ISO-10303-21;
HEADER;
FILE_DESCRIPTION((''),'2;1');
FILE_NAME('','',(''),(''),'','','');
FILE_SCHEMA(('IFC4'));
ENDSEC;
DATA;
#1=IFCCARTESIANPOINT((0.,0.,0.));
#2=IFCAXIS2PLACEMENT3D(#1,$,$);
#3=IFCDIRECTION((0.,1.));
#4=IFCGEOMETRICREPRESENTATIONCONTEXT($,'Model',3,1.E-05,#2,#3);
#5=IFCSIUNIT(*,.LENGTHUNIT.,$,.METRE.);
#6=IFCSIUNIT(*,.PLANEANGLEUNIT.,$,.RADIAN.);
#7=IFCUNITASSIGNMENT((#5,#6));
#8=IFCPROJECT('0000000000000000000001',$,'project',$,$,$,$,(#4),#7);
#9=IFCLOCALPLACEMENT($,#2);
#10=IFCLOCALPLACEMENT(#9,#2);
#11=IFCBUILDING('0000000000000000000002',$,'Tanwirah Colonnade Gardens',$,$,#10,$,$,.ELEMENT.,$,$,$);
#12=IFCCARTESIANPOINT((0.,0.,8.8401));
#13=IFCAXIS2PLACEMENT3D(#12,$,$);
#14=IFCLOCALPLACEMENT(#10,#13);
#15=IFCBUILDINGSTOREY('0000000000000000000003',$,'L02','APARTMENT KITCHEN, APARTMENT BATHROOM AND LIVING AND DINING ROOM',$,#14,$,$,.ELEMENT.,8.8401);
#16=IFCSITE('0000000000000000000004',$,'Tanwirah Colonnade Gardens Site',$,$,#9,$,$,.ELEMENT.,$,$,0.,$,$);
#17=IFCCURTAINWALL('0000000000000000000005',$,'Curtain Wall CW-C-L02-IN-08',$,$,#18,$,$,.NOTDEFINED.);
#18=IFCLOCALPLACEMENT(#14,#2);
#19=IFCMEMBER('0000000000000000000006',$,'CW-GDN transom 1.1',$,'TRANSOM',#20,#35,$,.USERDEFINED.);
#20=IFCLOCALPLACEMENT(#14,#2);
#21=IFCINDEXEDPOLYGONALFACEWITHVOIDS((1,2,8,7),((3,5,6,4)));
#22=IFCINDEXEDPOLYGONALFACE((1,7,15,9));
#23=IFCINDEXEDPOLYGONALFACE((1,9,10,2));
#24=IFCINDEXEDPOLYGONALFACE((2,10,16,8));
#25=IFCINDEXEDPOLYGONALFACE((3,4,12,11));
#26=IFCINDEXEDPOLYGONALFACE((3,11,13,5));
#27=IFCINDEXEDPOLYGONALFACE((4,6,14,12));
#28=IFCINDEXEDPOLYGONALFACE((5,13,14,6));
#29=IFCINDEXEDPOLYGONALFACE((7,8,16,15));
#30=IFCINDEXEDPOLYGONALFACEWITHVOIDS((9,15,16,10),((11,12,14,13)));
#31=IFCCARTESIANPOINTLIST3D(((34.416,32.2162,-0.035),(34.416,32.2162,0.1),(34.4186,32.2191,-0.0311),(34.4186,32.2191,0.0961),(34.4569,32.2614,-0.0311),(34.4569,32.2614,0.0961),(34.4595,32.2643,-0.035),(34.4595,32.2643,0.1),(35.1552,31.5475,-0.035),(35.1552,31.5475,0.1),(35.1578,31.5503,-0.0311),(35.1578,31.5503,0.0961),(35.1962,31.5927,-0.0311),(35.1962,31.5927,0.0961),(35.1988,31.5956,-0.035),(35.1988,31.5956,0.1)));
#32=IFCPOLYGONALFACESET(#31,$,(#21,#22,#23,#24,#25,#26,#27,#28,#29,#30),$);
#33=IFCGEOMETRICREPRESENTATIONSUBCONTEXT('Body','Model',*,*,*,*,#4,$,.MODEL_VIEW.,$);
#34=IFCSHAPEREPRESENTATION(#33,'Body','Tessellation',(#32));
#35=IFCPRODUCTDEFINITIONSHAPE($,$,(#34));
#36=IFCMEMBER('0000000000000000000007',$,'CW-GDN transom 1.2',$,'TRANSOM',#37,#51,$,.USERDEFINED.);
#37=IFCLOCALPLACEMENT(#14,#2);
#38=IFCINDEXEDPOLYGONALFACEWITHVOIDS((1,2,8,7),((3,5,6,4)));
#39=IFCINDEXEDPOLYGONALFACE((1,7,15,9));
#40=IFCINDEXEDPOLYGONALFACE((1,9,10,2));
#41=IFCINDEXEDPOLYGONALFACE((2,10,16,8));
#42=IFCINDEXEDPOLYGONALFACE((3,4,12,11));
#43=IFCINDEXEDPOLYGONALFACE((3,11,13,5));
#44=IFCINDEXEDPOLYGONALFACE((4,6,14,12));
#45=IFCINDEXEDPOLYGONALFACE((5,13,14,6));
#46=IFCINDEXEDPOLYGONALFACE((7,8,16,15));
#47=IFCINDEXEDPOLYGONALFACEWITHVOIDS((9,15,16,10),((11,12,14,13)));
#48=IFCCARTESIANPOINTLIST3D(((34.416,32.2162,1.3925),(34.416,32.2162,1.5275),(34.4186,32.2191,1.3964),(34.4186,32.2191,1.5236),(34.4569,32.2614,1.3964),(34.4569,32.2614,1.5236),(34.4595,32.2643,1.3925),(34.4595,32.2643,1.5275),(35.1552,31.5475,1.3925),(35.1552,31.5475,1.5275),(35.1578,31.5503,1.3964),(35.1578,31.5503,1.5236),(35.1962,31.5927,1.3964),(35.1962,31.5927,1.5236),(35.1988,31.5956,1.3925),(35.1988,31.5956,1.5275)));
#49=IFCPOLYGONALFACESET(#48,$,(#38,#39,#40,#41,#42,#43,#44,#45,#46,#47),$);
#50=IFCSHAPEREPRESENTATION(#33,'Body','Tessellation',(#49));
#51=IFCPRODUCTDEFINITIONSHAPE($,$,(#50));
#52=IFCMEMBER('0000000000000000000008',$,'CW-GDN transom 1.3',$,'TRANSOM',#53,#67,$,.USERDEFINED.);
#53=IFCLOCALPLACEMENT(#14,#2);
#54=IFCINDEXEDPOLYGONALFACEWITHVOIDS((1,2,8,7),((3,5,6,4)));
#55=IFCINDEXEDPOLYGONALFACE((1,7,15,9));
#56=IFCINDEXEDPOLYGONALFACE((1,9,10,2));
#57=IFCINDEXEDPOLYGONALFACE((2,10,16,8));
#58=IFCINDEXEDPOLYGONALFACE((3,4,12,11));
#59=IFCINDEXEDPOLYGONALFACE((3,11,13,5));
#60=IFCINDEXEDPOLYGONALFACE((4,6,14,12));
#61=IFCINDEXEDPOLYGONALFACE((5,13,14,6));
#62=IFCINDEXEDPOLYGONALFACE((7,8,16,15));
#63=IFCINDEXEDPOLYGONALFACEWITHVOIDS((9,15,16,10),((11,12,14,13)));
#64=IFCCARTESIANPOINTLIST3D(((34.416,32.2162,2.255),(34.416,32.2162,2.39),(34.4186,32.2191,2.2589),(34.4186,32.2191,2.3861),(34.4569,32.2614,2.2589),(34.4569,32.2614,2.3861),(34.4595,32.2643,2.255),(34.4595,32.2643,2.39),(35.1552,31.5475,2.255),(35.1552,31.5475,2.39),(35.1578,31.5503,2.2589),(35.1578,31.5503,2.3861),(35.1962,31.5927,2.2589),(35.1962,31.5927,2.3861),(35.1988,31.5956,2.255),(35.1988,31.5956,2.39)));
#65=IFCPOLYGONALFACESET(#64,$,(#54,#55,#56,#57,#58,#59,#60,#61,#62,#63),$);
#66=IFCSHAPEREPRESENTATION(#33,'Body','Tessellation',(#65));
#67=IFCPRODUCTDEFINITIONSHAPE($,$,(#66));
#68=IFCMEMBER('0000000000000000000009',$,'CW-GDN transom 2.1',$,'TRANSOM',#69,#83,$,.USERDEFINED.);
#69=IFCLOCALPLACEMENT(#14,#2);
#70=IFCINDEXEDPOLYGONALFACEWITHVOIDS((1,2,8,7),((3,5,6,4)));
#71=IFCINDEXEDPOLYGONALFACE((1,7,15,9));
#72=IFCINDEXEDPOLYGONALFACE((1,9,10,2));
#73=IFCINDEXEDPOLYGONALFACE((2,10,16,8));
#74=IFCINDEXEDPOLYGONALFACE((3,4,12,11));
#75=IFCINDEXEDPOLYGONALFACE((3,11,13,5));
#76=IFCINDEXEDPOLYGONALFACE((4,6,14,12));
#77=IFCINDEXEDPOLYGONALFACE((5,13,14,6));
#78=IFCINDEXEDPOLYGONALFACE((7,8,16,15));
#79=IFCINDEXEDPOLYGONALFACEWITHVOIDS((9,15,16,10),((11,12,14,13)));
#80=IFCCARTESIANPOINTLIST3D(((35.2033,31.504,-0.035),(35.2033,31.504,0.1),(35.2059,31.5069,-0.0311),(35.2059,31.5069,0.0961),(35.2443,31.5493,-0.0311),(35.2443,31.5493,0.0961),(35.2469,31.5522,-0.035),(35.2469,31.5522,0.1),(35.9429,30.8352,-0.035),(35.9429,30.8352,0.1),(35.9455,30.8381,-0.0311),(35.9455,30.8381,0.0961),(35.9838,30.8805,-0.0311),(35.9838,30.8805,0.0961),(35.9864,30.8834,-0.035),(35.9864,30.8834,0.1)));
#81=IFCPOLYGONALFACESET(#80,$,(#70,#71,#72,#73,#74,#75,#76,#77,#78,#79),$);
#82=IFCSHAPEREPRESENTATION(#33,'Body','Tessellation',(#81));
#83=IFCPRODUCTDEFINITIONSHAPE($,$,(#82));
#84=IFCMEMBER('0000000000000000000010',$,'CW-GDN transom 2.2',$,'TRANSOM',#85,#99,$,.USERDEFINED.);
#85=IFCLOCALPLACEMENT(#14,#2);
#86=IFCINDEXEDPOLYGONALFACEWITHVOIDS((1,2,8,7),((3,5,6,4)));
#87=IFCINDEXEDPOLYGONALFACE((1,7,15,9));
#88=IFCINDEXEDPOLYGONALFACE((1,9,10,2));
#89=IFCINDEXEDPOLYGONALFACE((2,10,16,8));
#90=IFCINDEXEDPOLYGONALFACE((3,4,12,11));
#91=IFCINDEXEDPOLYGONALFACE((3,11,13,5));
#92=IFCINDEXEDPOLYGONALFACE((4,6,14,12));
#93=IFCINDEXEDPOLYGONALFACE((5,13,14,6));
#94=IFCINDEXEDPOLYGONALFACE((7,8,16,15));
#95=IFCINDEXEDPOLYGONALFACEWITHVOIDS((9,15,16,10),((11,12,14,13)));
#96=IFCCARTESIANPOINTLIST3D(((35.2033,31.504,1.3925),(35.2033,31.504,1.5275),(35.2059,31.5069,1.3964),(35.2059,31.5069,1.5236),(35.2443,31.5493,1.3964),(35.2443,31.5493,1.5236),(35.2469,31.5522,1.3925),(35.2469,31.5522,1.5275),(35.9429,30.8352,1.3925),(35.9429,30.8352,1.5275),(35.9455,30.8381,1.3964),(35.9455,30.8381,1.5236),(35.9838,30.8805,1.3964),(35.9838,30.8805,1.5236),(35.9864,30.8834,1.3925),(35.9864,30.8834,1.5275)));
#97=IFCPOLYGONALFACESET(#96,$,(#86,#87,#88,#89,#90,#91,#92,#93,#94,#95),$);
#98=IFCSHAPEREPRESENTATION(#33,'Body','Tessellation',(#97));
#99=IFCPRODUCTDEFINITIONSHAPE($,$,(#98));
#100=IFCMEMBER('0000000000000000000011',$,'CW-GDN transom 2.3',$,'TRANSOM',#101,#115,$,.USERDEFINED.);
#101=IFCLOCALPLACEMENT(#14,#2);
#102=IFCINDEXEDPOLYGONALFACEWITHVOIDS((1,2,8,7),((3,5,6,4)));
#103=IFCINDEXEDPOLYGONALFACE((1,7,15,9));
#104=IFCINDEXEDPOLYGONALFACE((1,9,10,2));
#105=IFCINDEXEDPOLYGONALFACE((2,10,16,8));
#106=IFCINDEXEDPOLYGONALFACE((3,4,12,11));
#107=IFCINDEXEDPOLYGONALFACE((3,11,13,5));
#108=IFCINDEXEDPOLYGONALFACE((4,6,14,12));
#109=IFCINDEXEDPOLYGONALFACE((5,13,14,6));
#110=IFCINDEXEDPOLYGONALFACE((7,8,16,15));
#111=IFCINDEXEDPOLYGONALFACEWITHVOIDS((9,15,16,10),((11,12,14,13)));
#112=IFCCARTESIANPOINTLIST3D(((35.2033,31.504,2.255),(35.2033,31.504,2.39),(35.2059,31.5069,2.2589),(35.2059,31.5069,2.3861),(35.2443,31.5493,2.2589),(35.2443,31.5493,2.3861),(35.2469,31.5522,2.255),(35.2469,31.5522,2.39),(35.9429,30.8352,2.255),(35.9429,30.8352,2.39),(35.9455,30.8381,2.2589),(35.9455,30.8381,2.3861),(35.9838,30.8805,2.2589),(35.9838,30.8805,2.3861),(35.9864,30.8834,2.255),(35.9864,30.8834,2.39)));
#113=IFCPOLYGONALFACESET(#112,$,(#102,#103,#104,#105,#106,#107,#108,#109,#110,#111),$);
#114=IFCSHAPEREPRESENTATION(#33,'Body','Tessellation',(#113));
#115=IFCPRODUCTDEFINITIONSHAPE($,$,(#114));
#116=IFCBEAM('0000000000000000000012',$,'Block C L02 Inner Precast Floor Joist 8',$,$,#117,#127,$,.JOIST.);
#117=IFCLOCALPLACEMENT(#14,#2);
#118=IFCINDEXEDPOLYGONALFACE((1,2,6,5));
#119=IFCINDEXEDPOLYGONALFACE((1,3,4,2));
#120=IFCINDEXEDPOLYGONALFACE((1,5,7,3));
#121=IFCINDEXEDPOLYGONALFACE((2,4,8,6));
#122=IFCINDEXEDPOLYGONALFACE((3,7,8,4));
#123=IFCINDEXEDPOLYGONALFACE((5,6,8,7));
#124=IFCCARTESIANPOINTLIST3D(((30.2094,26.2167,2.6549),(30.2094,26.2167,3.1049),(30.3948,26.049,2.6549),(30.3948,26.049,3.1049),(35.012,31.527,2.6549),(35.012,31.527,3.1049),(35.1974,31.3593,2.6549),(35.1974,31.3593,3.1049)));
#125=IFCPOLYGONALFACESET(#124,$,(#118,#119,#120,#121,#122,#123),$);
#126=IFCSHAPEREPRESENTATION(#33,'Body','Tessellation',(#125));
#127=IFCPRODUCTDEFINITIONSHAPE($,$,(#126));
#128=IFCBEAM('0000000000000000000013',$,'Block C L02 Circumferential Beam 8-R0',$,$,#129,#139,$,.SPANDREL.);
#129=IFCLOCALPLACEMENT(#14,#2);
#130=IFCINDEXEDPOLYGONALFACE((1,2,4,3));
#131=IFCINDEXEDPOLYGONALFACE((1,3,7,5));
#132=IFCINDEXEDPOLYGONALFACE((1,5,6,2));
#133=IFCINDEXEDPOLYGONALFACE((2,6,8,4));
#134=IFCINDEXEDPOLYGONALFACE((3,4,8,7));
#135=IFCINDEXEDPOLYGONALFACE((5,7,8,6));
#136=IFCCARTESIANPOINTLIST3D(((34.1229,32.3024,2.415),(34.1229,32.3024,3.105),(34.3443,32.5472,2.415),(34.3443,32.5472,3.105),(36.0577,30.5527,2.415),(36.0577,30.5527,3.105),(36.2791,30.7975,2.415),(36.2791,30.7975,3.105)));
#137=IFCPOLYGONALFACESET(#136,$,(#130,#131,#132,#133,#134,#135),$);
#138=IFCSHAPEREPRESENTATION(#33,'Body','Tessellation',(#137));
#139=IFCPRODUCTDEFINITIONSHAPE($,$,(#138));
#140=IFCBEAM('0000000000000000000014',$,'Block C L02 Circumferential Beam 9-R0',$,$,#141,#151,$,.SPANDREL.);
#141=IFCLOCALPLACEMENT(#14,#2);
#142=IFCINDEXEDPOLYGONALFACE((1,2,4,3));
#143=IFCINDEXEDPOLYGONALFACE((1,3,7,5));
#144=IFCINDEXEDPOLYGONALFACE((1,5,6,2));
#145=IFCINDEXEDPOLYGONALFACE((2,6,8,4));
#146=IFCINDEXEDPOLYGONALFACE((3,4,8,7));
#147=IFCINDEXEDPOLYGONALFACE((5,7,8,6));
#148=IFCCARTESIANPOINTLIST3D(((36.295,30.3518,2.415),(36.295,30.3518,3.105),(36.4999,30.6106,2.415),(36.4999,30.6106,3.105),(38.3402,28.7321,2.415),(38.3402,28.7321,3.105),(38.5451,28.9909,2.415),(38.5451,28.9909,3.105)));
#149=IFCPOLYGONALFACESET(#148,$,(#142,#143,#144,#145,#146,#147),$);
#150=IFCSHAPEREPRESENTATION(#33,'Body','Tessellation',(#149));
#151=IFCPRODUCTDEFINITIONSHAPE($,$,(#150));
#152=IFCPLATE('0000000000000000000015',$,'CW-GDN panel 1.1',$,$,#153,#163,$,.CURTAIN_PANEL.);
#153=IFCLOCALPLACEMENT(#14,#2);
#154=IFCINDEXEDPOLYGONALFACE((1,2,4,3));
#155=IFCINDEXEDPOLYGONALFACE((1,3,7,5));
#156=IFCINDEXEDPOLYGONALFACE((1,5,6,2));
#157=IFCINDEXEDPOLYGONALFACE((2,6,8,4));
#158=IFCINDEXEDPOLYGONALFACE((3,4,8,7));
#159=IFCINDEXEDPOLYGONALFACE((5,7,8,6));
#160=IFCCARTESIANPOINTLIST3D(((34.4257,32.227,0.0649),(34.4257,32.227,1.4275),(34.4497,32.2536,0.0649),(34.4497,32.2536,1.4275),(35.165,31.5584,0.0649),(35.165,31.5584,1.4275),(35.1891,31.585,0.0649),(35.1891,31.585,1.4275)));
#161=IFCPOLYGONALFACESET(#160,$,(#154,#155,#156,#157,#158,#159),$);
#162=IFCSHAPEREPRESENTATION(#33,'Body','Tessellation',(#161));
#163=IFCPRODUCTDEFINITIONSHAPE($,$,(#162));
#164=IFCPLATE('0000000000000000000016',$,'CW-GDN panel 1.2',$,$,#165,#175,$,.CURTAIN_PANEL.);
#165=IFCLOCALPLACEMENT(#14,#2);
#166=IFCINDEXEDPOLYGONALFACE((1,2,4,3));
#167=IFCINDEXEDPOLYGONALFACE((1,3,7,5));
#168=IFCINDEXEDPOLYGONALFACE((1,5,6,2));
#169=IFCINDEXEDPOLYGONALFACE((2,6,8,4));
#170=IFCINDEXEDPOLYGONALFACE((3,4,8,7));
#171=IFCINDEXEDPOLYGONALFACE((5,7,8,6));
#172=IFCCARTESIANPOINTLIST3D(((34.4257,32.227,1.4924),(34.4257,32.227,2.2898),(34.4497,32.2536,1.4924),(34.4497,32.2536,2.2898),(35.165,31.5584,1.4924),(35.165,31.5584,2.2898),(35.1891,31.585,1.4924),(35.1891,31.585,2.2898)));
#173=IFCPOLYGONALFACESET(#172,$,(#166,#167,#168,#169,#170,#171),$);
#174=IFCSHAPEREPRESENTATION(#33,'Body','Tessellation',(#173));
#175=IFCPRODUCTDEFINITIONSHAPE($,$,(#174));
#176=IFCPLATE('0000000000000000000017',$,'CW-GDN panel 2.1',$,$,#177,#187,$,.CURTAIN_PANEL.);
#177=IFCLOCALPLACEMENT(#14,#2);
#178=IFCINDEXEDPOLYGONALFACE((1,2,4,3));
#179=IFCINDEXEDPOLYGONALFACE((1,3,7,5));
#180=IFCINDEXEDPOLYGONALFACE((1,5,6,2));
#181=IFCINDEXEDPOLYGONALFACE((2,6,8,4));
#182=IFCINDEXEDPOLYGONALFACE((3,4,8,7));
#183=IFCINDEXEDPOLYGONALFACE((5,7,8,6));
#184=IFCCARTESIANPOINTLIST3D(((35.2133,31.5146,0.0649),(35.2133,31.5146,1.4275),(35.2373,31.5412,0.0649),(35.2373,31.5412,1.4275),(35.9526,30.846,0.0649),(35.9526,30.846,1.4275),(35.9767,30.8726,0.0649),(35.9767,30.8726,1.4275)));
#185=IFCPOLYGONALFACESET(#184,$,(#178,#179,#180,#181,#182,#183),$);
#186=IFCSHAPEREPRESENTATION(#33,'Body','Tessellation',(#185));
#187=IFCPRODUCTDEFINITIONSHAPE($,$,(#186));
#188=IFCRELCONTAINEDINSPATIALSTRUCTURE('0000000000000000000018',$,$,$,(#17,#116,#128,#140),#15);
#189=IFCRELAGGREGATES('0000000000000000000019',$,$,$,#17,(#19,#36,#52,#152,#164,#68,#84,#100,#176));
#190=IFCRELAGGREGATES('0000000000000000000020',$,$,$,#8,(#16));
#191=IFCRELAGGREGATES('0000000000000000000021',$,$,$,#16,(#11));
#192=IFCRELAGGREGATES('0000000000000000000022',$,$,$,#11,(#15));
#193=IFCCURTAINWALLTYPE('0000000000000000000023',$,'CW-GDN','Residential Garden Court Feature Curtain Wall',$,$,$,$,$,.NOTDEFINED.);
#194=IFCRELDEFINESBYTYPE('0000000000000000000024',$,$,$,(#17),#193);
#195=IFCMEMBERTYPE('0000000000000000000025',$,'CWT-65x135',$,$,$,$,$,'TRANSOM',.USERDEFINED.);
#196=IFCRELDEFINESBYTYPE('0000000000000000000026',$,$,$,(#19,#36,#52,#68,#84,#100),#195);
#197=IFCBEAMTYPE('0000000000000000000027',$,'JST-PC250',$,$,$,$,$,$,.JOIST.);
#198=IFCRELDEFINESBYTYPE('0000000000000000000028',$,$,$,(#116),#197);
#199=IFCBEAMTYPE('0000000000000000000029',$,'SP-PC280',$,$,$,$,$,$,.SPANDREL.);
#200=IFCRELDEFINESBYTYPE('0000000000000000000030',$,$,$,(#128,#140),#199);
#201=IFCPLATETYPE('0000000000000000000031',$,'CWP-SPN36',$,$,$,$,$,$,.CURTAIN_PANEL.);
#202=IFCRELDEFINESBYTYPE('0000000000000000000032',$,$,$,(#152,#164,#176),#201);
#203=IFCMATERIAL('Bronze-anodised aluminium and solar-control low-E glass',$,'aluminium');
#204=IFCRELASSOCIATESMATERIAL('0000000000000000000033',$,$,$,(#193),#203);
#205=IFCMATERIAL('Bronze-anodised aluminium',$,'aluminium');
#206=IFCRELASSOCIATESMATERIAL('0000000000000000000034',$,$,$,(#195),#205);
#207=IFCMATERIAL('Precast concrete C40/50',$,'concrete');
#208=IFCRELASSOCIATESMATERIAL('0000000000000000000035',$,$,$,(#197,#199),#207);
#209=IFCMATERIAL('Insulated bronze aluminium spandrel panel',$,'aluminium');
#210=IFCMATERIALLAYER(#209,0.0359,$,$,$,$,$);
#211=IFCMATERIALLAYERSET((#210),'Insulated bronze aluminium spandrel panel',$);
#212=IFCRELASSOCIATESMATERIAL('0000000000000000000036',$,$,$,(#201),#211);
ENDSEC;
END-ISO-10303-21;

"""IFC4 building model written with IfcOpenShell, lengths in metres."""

from ifc_helpers import new_model, si_unit, direction, frame, origin, origin_2d, place, context, subcontext, project, spatial, rectangle, hollow_rectangle, extrude, material, layer, layer_set, material_profile, profile_set, type_object, element, aggregate, save


model = new_model("IFC4")

# Units and contexts
model_context = context("Model", 3, precision=1e-05, world=origin(), true_north=direction((0.0, 1.0)))
body_context = subcontext(model_context, "Body", "Model", "MODEL_VIEW")
ifc_project = project(units=[si_unit("LENGTHUNIT", "METRE"), si_unit("PLANEANGLEUNIT", "RADIAN")], contexts=[model_context])

# Site, building, storey
site_placement = place(None, origin())
site = spatial("IfcSite", under=ifc_project, at=site_placement, Name="Tanwirah Colonnade Gardens Site", CompositionType="ELEMENT", RefElevation=0.0)
building_placement = place(site_placement, origin())
building = spatial("IfcBuilding", under=site, at=building_placement, Name="Tanwirah Colonnade Gardens", CompositionType="ELEMENT")
storey_placement = place(building_placement, frame((0.0, 0.0, 8.8401)))
storey = spatial("IfcBuildingStorey", under=building, at=storey_placement, Name="L02", Description="APARTMENT KITCHEN, APARTMENT BATHROOM AND LIVING AND DINING ROOM", CompositionType="ELEMENT", Elevation=8.8401)

# Shared definitions
ifc_material_1 = material(Name="Precast concrete C40/50", Category="concrete")

# Curtain wall, members
ifc_material_2 = material(Name="Bronze-anodised aluminium and solar-control low-E glass", Category="aluminium")
curtain_wall_type = type_object("IfcCurtainWallType", Name="CW-GDN", Description="Residential Garden Court Feature Curtain Wall", PredefinedType="NOTDEFINED", material=ifc_material_2)
curtain_wall_placement = place(storey_placement, origin())
curtain_wall = element("IfcCurtainWall", 1, at=curtain_wall_placement, inside=storey, type_object=curtain_wall_type, Name="Curtain Wall CW-C-L02-IN-08", PredefinedType="NOTDEFINED")
ifc_material_3 = material(Name="Bronze-anodised aluminium", Category="aluminium")
ifc_material_profile_1 = material_profile(ifc_material_3, hollow_rectangle(XDim=0.0649, YDim=0.135, WallThickness=0.0039, at=origin_2d()), Name="CW-TRN 65x135x4")
ifc_profile_set_1 = profile_set([ifc_material_profile_1], Name="Bronze-anodised aluminium")
member_type_1 = type_object("IfcMemberType", Name="CWT-65x135", ElementType="TRANSOM", PredefinedType="USERDEFINED", material=ifc_profile_set_1)
member_1_placement = place(storey_placement, frame((34.4377, 32.2402, 0.0325), z_axis=(0.741611, -0.67083, 0.0), x_axis=(0.67083, 0.741611, 0.0)))
member_1 = element("IfcMember", 2, at=member_1_placement, type_object=member_type_1, Name="CW-GDN transom 1.1", ObjectType="TRANSOM", PredefinedType="USERDEFINED", context=body_context, shape_type="SweptSolid", body=[
    extrude(hollow_rectangle(XDim=0.0649, YDim=0.135, WallThickness=0.0039, at=origin_2d()), origin(), (0.0, 0.0, 1.0), 0.9968),
])
member_2_placement = place(storey_placement, frame((34.4377, 32.2402, 1.46), z_axis=(0.741611, -0.67083, 0.0), x_axis=(0.67083, 0.741611, 0.0)))
member_2 = element("IfcMember", 3, at=member_2_placement, type_object=member_type_1, Name="CW-GDN transom 1.2", ObjectType="TRANSOM", PredefinedType="USERDEFINED", context=body_context, shape_type="SweptSolid", body=[
    extrude(hollow_rectangle(XDim=0.0649, YDim=0.135, WallThickness=0.0039, at=origin_2d()), origin(), (0.0, 0.0, 1.0), 0.9968),
])
member_3_placement = place(storey_placement, frame((34.4377, 32.2402, 2.3225), z_axis=(0.741611, -0.67083, 0.0), x_axis=(0.67083, 0.741611, 0.0)))
member_3 = element("IfcMember", 4, at=member_3_placement, type_object=member_type_1, Name="CW-GDN transom 1.3", ObjectType="TRANSOM", PredefinedType="USERDEFINED", context=body_context, shape_type="SweptSolid", body=[
    extrude(hollow_rectangle(XDim=0.0649, YDim=0.135, WallThickness=0.0039, at=origin_2d()), origin(), (0.0, 0.0, 1.0), 0.9968),
])
member_4_placement = place(storey_placement, frame((35.2251, 31.5281, 0.0325), z_axis=(0.741721, -0.670708, 0.0), x_axis=(0.670708, 0.741721, 0.0)))
member_4 = element("IfcMember", 5, at=member_4_placement, type_object=member_type_1, Name="CW-GDN transom 2.1", ObjectType="TRANSOM", PredefinedType="USERDEFINED", context=body_context, shape_type="SweptSolid", body=[
    extrude(hollow_rectangle(XDim=0.0649, YDim=0.135, WallThickness=0.0039, at=origin_2d()), origin(), (0.0, 0.0, 1.0), 0.9971),
])
member_5_placement = place(storey_placement, frame((35.2251, 31.5281, 1.46), z_axis=(0.741721, -0.670708, 0.0), x_axis=(0.670708, 0.741721, 0.0)))
member_5 = element("IfcMember", 6, at=member_5_placement, type_object=member_type_1, Name="CW-GDN transom 2.2", ObjectType="TRANSOM", PredefinedType="USERDEFINED", context=body_context, shape_type="SweptSolid", body=[
    extrude(hollow_rectangle(XDim=0.0649, YDim=0.135, WallThickness=0.0039, at=origin_2d()), origin(), (0.0, 0.0, 1.0), 0.9971),
])
member_6_placement = place(storey_placement, frame((35.2251, 31.5281, 2.3225), z_axis=(0.741721, -0.670708, 0.0), x_axis=(0.670708, 0.741721, 0.0)))
member_6 = element("IfcMember", 7, at=member_6_placement, type_object=member_type_1, Name="CW-GDN transom 2.3", ObjectType="TRANSOM", PredefinedType="USERDEFINED", context=body_context, shape_type="SweptSolid", body=[
    extrude(hollow_rectangle(XDim=0.0649, YDim=0.135, WallThickness=0.0039, at=origin_2d()), origin(), (0.0, 0.0, 1.0), 0.9971),
])

# Beams
ifc_material_profile_2 = material_profile(ifc_material_1, rectangle(XDim=0.25, YDim=0.45, at=origin_2d()), Name="PC-JST 250x450")
ifc_profile_set_2 = profile_set([ifc_material_profile_2], Name="Precast concrete C40/50")
beam_type_1 = type_object("IfcBeamType", Name="JST-PC250", PredefinedType="JOIST", material=ifc_profile_set_2)
beam_1_placement = place(storey_placement, frame((35.1047, 31.4431, 2.8799), z_axis=(-0.670773, -0.741663, 0.0), x_axis=(0.741663, -0.670773, 0.0)))
element("IfcBeam", 8, at=beam_1_placement, inside=storey, type_object=beam_type_1, Name="Block C L02 Inner Precast Floor Joist 8", PredefinedType="JOIST", context=body_context, shape_type="SweptSolid", body=[
    extrude(rectangle(XDim=0.25, YDim=0.45, at=origin_2d()), origin(), (0.0, 0.0, 1.0), 7.1599),
])
ifc_material_profile_3 = material_profile(ifc_material_1, rectangle(XDim=0.3301, YDim=0.6899, at=origin_2d()), Name="PC-SP 330x690")
ifc_profile_set_3 = profile_set([ifc_material_profile_3], Name="Precast concrete C40/50")
beam_type_2 = type_object("IfcBeamType", Name="SP-PC280", PredefinedType="SPANDREL", material=ifc_profile_set_3)
beam_2_placement = place(storey_placement, frame((34.2336, 32.4248, 2.76), z_axis=(0.741687, -0.670747, 0.0), x_axis=(0.670747, 0.741687, 0.0)))
element("IfcBeam", 9, at=beam_2_placement, inside=storey, type_object=beam_type_2, Name="Block C L02 Circumferential Beam 8-R0", PredefinedType="SPANDREL", context=body_context, shape_type="SweptSolid", body=[
    extrude(rectangle(XDim=0.3301, YDim=0.6899, at=origin_2d()), origin(), (0.0, 0.0, 1.0), 2.6086),
])
beam_3_placement = place(storey_placement, frame((36.3975, 30.4812, 2.76), z_axis=(0.783945, -0.62083, 0.0), x_axis=(0.62083, 0.783945, 0.0)))
element("IfcBeam", 10, at=beam_3_placement, inside=storey, type_object=beam_type_2, Name="Block C L02 Circumferential Beam 9-R0", PredefinedType="SPANDREL", context=body_context, shape_type="SweptSolid", body=[
    extrude(rectangle(XDim=0.3301, YDim=0.6899, at=origin_2d()), origin(), (0.0, 0.0, 1.0), 2.6089),
])

# Plates
ifc_material_4 = material(Name="Insulated bronze aluminium spandrel panel", Category="aluminium")
ifc_layer_1 = layer(ifc_material_4, 0.0359)
ifc_layer_set_1 = layer_set([ifc_layer_1], Name="Insulated bronze aluminium spandrel panel")
plate_type = type_object("IfcPlateType", Name="CWP-SPN36", PredefinedType="CURTAIN_PANEL", material=ifc_layer_set_1)
plate_1_placement = place(storey_placement, frame((34.8074, 31.906, 0.0649), z_axis=(0.0, 0.0, 1.0), x_axis=(0.741683, -0.670751, 0.0)))
plate_1 = element("IfcPlate", 11, at=plate_1_placement, type_object=plate_type, Name="CW-GDN panel 1.1", PredefinedType="CURTAIN_PANEL", context=body_context, shape_type="SweptSolid", body=[
    extrude(rectangle(XDim=0.9968, YDim=0.0359, at=origin_2d()), origin(), (0.0, 0.0, 1.0), 1.3625),
])
plate_2_placement = place(storey_placement, frame((34.8074, 31.906, 1.4924), z_axis=(0.0, 0.0, 1.0), x_axis=(0.741683, -0.670751, 0.0)))
plate_2 = element("IfcPlate", 12, at=plate_2_placement, type_object=plate_type, Name="CW-GDN panel 1.2", PredefinedType="CURTAIN_PANEL", context=body_context, shape_type="SweptSolid", body=[
    extrude(rectangle(XDim=0.9968, YDim=0.0359, at=origin_2d()), origin(), (0.0, 0.0, 1.0), 0.7974),
])
plate_3_placement = place(storey_placement, frame((35.595, 31.1936, 0.0649), z_axis=(0.0, 0.0, 1.0), x_axis=(0.741683, -0.670751, 0.0)))
plate_3 = element("IfcPlate", 13, at=plate_3_placement, type_object=plate_type, Name="CW-GDN panel 2.1", PredefinedType="CURTAIN_PANEL", context=body_context, shape_type="SweptSolid", body=[
    extrude(rectangle(XDim=0.9968, YDim=0.0359, at=origin_2d()), origin(), (0.0, 0.0, 1.0), 1.3625),
])
aggregate(curtain_wall, [member_1, member_2, member_3, plate_1, plate_2, member_4, member_5, member_6, plate_3])

save(model, "model.ifc")
